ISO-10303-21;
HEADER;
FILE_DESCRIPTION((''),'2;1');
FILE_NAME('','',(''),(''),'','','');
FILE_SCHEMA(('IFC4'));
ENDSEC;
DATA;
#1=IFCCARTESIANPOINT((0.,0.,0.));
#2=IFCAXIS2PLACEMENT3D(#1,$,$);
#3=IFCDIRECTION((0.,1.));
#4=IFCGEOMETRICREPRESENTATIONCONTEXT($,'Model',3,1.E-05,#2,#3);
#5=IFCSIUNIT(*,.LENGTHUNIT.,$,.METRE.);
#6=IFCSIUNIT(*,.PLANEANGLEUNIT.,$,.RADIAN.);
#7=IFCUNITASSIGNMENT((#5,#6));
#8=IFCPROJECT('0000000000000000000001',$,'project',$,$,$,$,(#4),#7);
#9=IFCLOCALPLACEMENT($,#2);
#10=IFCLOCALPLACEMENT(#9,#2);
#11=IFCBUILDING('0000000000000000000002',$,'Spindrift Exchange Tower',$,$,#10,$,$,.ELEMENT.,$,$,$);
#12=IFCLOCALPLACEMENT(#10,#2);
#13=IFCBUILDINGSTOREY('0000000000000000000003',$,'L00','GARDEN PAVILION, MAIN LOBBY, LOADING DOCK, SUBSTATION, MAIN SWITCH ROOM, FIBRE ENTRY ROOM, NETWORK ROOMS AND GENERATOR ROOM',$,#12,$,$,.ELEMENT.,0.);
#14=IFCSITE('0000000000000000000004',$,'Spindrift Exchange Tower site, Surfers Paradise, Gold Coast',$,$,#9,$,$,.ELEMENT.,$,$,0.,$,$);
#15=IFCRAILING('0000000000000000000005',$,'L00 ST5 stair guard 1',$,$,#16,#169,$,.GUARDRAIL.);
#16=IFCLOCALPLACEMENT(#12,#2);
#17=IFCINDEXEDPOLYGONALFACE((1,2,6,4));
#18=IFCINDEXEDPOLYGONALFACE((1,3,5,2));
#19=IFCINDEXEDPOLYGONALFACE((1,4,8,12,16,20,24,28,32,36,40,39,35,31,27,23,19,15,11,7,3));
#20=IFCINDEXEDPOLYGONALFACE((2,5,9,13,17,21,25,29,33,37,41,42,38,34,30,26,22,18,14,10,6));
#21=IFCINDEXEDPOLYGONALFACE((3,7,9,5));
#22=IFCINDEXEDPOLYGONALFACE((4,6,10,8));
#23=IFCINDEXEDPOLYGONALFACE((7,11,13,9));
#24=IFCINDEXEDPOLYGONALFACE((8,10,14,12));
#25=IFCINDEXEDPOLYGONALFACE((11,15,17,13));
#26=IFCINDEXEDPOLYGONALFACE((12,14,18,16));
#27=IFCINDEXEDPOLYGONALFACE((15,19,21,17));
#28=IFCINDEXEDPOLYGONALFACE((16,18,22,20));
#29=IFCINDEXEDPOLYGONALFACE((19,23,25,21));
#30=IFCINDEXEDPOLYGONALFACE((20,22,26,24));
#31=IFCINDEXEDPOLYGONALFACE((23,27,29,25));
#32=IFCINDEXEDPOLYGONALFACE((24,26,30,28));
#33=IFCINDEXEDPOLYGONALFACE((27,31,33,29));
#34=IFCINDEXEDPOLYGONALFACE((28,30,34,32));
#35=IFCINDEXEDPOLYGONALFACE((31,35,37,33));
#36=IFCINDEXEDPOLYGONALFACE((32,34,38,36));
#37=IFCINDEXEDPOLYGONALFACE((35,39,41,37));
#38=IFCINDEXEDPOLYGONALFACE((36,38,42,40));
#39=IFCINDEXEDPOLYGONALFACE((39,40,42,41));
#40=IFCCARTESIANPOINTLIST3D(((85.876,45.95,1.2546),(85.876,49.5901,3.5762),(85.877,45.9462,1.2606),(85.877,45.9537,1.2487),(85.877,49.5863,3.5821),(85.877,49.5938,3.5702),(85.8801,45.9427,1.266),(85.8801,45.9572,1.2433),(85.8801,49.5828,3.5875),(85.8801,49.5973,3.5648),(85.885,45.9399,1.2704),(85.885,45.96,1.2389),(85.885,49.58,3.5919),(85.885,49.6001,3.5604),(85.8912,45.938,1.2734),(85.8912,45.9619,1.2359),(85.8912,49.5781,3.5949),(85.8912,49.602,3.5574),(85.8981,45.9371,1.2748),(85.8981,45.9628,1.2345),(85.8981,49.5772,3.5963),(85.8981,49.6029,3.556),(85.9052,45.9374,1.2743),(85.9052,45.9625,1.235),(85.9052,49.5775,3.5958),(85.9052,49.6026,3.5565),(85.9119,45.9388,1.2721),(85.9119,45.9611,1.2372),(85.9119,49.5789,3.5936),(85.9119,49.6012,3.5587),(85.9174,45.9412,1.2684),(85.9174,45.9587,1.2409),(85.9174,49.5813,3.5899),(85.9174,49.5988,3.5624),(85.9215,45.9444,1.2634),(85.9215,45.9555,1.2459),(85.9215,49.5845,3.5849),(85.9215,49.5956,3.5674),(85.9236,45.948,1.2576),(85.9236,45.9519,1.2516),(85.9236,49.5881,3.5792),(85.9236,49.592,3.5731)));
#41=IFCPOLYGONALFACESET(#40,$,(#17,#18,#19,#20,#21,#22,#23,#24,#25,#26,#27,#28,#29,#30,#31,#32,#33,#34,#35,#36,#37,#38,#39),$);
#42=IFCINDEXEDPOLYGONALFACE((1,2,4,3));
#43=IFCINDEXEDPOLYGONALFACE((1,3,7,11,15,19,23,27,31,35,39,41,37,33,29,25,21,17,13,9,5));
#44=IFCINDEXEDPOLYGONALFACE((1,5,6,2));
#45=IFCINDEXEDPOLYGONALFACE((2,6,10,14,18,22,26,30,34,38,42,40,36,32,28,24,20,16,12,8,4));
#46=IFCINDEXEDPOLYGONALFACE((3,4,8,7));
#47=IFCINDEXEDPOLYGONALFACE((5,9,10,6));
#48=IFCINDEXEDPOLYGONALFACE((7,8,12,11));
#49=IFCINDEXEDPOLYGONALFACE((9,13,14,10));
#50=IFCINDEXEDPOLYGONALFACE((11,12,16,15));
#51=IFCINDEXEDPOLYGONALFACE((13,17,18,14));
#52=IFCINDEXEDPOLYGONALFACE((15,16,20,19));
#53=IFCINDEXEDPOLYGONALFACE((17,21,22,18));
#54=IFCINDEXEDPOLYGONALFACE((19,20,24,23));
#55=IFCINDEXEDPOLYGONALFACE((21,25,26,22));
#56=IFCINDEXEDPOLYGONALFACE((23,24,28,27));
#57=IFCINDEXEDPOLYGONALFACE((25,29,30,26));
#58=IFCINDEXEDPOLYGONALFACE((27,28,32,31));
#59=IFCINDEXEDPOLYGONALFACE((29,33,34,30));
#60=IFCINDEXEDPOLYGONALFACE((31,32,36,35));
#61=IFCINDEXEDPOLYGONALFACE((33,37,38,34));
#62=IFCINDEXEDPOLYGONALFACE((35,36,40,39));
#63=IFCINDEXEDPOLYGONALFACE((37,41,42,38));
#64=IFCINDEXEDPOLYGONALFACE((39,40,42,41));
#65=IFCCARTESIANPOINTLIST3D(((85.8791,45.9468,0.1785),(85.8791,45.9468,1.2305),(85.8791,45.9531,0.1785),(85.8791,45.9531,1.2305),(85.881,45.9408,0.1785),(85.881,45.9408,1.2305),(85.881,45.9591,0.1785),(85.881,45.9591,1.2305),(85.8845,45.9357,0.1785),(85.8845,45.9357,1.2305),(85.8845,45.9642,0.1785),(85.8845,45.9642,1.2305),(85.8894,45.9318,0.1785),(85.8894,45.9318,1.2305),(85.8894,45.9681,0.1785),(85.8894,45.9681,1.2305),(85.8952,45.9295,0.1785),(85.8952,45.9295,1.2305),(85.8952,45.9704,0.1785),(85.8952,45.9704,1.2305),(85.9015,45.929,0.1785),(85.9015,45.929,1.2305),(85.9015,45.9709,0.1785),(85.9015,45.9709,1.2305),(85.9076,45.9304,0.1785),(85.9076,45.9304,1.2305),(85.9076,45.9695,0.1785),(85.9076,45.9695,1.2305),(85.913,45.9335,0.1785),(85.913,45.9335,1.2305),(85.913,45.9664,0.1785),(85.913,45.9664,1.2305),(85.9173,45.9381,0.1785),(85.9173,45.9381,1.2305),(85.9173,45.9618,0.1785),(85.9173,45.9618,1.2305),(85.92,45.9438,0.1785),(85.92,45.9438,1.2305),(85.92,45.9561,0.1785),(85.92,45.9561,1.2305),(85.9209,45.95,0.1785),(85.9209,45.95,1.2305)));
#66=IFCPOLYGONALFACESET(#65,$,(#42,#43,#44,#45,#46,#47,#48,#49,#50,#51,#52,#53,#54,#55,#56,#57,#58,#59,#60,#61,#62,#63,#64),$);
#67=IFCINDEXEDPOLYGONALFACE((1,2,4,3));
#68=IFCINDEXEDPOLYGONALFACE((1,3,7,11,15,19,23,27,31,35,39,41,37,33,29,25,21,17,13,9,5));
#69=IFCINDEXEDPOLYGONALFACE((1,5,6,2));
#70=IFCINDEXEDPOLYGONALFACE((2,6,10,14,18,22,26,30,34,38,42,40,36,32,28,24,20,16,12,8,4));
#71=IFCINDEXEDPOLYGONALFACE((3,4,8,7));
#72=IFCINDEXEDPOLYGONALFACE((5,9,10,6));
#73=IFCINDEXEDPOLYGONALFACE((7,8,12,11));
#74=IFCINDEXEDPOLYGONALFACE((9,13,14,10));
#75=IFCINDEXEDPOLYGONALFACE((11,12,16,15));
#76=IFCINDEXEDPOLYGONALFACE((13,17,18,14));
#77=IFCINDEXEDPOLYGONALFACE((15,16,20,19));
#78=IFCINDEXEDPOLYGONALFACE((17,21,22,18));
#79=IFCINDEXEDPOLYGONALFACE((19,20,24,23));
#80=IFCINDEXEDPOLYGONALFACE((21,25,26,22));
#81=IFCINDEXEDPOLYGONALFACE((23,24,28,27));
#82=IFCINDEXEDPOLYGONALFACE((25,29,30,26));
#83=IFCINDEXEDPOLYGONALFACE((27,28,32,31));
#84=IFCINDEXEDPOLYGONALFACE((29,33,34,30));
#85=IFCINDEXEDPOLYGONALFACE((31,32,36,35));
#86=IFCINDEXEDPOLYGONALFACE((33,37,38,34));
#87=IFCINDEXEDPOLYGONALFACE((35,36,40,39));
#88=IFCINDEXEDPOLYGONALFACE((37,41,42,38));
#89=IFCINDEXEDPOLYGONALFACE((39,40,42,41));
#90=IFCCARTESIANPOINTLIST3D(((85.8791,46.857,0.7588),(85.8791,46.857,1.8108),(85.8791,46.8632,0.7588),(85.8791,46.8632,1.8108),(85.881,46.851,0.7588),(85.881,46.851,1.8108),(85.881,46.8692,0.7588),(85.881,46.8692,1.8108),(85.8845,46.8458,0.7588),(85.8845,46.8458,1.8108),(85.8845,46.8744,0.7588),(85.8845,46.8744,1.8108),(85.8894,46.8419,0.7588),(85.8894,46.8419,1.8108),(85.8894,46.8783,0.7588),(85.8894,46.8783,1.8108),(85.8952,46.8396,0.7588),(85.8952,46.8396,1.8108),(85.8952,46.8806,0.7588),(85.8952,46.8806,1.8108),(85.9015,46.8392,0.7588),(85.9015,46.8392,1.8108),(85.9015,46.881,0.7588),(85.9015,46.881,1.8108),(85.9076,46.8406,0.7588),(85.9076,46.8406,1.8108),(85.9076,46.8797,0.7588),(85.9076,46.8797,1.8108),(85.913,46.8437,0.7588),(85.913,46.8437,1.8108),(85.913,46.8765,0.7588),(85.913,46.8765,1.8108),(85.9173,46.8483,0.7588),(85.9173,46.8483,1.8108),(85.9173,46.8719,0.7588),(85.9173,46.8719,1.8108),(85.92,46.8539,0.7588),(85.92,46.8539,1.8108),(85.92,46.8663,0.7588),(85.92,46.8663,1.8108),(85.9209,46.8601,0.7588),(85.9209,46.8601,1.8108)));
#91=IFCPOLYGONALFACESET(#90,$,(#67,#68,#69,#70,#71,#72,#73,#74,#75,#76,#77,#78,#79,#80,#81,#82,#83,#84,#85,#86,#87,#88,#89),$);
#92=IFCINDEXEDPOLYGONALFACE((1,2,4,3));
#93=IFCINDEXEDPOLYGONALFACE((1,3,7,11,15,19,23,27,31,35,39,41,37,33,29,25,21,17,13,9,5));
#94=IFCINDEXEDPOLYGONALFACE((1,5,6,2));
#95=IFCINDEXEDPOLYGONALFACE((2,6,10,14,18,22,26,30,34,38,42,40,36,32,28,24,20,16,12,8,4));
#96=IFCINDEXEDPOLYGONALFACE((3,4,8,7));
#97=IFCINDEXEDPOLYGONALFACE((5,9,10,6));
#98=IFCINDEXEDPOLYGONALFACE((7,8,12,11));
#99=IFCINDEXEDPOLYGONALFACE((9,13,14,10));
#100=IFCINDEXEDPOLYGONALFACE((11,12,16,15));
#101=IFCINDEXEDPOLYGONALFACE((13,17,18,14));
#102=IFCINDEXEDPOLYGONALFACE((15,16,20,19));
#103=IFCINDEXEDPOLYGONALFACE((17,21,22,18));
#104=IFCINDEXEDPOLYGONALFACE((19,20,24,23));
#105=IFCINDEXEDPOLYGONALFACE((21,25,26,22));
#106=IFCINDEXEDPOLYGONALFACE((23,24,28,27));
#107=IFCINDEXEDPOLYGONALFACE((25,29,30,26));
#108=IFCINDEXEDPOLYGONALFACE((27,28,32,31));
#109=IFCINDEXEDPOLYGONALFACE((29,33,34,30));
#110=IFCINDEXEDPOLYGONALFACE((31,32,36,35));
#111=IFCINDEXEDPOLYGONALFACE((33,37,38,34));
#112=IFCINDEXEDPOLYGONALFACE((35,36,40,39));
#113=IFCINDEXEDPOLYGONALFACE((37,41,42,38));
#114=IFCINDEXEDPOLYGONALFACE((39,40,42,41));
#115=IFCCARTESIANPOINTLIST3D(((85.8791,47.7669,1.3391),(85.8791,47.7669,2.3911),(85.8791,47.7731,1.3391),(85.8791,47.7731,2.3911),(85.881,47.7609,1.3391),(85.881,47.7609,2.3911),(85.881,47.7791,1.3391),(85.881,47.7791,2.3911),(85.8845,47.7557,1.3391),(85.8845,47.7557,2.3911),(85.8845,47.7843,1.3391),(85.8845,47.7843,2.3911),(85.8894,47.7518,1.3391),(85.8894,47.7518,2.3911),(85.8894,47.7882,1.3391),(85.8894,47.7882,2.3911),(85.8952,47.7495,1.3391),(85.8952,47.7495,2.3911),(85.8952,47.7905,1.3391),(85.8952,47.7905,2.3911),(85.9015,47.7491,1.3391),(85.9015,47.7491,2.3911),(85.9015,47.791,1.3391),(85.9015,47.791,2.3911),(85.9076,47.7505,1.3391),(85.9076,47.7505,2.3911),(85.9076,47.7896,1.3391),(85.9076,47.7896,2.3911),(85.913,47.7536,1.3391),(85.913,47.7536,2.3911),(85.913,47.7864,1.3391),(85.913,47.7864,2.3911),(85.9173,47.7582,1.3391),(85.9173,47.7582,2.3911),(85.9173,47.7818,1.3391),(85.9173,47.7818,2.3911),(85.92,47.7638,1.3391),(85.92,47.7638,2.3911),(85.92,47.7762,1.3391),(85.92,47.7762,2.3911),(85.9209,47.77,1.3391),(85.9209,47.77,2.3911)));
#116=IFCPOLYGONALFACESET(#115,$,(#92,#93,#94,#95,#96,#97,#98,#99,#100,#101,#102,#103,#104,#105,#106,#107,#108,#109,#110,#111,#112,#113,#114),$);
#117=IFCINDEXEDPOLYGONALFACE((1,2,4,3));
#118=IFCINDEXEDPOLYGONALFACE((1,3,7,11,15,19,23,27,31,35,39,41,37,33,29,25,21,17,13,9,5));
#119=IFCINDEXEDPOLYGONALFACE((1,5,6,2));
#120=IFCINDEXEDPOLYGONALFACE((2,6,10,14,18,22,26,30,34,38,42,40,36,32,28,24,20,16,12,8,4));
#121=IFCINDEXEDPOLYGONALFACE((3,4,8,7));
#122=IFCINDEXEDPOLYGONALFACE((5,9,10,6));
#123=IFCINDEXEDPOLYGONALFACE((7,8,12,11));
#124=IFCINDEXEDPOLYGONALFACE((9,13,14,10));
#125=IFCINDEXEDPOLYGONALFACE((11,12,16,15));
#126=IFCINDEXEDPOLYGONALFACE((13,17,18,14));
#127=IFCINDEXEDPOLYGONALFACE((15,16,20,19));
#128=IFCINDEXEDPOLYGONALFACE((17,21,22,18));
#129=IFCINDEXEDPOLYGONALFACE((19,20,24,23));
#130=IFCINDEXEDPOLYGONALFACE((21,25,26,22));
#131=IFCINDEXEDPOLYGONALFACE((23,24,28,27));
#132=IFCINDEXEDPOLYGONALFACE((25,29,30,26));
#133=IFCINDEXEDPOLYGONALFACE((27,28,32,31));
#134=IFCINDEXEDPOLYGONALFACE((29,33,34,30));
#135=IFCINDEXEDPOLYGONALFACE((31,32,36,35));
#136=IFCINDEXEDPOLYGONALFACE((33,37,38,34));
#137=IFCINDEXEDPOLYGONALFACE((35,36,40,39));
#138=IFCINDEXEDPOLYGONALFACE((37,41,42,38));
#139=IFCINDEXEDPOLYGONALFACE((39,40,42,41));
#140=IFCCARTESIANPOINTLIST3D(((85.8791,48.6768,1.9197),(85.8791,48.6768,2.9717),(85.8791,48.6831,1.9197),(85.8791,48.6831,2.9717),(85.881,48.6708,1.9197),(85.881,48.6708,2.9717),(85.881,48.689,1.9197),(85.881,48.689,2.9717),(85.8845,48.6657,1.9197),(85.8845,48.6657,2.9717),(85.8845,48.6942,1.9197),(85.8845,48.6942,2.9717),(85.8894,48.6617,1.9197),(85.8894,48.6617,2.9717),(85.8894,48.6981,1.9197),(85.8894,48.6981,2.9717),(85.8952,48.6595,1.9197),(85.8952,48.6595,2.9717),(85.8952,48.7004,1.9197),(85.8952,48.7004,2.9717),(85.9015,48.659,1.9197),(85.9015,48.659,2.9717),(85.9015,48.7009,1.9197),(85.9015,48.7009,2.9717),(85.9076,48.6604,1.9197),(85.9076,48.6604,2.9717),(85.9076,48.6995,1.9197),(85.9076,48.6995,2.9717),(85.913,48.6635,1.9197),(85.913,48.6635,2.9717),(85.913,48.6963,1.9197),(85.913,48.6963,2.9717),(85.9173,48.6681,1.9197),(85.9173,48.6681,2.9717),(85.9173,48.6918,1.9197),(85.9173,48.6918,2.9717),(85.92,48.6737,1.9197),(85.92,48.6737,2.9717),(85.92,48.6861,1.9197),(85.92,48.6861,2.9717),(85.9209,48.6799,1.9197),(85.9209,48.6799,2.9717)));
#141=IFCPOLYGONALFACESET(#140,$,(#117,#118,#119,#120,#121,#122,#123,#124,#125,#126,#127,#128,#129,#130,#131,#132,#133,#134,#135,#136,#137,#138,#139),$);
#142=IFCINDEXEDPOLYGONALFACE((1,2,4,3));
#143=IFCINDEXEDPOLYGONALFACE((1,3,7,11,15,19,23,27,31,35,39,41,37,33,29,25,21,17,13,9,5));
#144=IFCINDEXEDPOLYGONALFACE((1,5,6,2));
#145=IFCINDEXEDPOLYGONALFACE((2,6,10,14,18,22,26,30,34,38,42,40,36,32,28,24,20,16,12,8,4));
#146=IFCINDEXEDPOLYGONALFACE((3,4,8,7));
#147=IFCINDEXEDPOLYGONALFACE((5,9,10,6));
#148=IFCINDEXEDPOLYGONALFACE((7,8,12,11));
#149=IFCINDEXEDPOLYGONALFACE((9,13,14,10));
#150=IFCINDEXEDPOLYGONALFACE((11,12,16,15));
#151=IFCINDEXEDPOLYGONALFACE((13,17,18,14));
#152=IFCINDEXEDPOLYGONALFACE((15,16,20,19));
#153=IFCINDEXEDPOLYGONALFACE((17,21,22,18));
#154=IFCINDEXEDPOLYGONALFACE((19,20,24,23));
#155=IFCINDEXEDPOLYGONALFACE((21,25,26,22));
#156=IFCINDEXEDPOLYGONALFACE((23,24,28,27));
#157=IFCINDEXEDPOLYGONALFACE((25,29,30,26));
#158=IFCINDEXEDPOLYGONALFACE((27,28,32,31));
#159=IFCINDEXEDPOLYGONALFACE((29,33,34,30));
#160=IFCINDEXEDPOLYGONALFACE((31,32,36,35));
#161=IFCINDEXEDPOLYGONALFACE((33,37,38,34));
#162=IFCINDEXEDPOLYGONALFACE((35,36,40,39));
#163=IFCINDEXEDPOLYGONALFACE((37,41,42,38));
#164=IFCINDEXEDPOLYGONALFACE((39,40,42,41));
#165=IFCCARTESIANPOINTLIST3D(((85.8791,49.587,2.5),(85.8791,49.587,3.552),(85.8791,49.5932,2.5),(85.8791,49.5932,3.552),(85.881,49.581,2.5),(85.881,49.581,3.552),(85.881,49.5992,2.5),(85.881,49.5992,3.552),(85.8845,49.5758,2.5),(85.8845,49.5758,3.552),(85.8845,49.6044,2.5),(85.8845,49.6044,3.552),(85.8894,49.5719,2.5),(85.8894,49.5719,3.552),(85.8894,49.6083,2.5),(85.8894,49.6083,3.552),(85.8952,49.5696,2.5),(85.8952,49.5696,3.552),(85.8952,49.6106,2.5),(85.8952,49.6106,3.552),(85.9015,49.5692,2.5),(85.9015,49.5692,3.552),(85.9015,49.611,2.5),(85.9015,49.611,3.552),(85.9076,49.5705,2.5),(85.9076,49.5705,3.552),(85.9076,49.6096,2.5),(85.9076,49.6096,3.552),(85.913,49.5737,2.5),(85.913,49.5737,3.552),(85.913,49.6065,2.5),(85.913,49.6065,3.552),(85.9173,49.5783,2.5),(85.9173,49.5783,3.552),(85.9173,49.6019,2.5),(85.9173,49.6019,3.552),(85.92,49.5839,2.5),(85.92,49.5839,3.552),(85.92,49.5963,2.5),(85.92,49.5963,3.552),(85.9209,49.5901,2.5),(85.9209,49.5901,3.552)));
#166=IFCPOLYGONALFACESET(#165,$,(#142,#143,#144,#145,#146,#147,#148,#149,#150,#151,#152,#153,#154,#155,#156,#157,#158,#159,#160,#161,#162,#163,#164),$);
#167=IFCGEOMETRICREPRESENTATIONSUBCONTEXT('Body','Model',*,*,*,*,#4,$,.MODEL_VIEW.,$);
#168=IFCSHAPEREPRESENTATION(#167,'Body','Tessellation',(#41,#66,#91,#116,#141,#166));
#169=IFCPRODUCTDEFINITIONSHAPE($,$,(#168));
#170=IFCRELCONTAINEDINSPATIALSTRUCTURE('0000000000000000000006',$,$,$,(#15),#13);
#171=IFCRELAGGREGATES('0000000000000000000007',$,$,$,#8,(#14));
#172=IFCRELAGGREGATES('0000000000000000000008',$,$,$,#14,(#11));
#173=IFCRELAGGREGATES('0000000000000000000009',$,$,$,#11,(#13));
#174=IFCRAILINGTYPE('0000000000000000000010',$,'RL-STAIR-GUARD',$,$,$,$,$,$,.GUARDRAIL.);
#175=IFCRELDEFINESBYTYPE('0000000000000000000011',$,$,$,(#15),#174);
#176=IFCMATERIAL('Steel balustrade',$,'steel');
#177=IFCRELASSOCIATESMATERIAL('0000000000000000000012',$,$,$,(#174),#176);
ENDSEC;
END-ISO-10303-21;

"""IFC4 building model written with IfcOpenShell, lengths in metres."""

from ifc_helpers import new_model, si_unit, direction, frame, origin, origin_2d, place, context, subcontext, project, spatial, circle, extrude, material, type_object, element, save


model = new_model("IFC4")

# Units and contexts
model_context = context("Model", 3, precision=1e-05, world=origin(), true_north=direction((0.0, 1.0)))
body_context = subcontext(model_context, "Body", "Model", "MODEL_VIEW")
ifc_project = project(units=[si_unit("LENGTHUNIT", "METRE"), si_unit("PLANEANGLEUNIT", "RADIAN")], contexts=[model_context])

# Site, building, storey
site_placement = place(None, origin())
site = spatial("IfcSite", under=ifc_project, at=site_placement, Name="Spindrift Exchange Tower site, Surfers Paradise, Gold Coast", CompositionType="ELEMENT", RefElevation=0.0)
building_placement = place(site_placement, origin())
building = spatial("IfcBuilding", under=site, at=building_placement, Name="Spindrift Exchange Tower", CompositionType="ELEMENT")
storey_placement = place(building_placement, origin())
storey = spatial("IfcBuildingStorey", under=building, at=storey_placement, Name="L00", Description="GARDEN PAVILION, MAIN LOBBY, LOADING DOCK, SUBSTATION, MAIN SWITCH ROOM, FIBRE ENTRY ROOM, NETWORK ROOMS AND GENERATOR ROOM", CompositionType="ELEMENT", Elevation=0.0)

# Railing
ifc_material_1 = material(Name="Steel balustrade", Category="steel")
railing_type_1 = type_object("IfcRailingType", Name="RL-STAIR-GUARD", PredefinedType="GUARDRAIL", material=ifc_material_1)
railing_1_placement = place(storey_placement, frame((85.8999, 45.95, 0.1785)))
element("IfcRailing", 1, at=railing_1_placement, inside=storey, type_object=railing_type_1, Name="L00 ST5 stair guard 1", PredefinedType="GUARDRAIL", context=body_context, shape_type="SweptSolid", body=[
    extrude(circle(Radius=0.0239, at=origin_2d()), frame((0.0, 0.0, 1.0762), z_axis=(0.0, 0.843128, 0.537713), x_axis=(-1.0, 0.0, 0.0)), (0.0, 0.0, 1.0), 4.3174),
    extrude(circle(Radius=0.021, at=origin_2d()), origin(), (0.0, 0.0, 1.0), 1.052),
    extrude(circle(Radius=0.021, at=origin_2d()), frame((0.0, 0.9102, 0.5803)), (0.0, 0.0, 1.0), 1.052),
    extrude(circle(Radius=0.021, at=origin_2d()), frame((0.0, 1.8201, 1.1606)), (0.0, 0.0, 1.0), 1.052),
    extrude(circle(Radius=0.021, at=origin_2d()), frame((0.0, 2.73, 1.7412)), (0.0, 0.0, 1.0), 1.052),
    extrude(circle(Radius=0.021, at=origin_2d()), frame((0.0, 3.6401, 2.3215)), (0.0, 0.0, 1.0), 1.052),
])

save(model, "model.ifc")
